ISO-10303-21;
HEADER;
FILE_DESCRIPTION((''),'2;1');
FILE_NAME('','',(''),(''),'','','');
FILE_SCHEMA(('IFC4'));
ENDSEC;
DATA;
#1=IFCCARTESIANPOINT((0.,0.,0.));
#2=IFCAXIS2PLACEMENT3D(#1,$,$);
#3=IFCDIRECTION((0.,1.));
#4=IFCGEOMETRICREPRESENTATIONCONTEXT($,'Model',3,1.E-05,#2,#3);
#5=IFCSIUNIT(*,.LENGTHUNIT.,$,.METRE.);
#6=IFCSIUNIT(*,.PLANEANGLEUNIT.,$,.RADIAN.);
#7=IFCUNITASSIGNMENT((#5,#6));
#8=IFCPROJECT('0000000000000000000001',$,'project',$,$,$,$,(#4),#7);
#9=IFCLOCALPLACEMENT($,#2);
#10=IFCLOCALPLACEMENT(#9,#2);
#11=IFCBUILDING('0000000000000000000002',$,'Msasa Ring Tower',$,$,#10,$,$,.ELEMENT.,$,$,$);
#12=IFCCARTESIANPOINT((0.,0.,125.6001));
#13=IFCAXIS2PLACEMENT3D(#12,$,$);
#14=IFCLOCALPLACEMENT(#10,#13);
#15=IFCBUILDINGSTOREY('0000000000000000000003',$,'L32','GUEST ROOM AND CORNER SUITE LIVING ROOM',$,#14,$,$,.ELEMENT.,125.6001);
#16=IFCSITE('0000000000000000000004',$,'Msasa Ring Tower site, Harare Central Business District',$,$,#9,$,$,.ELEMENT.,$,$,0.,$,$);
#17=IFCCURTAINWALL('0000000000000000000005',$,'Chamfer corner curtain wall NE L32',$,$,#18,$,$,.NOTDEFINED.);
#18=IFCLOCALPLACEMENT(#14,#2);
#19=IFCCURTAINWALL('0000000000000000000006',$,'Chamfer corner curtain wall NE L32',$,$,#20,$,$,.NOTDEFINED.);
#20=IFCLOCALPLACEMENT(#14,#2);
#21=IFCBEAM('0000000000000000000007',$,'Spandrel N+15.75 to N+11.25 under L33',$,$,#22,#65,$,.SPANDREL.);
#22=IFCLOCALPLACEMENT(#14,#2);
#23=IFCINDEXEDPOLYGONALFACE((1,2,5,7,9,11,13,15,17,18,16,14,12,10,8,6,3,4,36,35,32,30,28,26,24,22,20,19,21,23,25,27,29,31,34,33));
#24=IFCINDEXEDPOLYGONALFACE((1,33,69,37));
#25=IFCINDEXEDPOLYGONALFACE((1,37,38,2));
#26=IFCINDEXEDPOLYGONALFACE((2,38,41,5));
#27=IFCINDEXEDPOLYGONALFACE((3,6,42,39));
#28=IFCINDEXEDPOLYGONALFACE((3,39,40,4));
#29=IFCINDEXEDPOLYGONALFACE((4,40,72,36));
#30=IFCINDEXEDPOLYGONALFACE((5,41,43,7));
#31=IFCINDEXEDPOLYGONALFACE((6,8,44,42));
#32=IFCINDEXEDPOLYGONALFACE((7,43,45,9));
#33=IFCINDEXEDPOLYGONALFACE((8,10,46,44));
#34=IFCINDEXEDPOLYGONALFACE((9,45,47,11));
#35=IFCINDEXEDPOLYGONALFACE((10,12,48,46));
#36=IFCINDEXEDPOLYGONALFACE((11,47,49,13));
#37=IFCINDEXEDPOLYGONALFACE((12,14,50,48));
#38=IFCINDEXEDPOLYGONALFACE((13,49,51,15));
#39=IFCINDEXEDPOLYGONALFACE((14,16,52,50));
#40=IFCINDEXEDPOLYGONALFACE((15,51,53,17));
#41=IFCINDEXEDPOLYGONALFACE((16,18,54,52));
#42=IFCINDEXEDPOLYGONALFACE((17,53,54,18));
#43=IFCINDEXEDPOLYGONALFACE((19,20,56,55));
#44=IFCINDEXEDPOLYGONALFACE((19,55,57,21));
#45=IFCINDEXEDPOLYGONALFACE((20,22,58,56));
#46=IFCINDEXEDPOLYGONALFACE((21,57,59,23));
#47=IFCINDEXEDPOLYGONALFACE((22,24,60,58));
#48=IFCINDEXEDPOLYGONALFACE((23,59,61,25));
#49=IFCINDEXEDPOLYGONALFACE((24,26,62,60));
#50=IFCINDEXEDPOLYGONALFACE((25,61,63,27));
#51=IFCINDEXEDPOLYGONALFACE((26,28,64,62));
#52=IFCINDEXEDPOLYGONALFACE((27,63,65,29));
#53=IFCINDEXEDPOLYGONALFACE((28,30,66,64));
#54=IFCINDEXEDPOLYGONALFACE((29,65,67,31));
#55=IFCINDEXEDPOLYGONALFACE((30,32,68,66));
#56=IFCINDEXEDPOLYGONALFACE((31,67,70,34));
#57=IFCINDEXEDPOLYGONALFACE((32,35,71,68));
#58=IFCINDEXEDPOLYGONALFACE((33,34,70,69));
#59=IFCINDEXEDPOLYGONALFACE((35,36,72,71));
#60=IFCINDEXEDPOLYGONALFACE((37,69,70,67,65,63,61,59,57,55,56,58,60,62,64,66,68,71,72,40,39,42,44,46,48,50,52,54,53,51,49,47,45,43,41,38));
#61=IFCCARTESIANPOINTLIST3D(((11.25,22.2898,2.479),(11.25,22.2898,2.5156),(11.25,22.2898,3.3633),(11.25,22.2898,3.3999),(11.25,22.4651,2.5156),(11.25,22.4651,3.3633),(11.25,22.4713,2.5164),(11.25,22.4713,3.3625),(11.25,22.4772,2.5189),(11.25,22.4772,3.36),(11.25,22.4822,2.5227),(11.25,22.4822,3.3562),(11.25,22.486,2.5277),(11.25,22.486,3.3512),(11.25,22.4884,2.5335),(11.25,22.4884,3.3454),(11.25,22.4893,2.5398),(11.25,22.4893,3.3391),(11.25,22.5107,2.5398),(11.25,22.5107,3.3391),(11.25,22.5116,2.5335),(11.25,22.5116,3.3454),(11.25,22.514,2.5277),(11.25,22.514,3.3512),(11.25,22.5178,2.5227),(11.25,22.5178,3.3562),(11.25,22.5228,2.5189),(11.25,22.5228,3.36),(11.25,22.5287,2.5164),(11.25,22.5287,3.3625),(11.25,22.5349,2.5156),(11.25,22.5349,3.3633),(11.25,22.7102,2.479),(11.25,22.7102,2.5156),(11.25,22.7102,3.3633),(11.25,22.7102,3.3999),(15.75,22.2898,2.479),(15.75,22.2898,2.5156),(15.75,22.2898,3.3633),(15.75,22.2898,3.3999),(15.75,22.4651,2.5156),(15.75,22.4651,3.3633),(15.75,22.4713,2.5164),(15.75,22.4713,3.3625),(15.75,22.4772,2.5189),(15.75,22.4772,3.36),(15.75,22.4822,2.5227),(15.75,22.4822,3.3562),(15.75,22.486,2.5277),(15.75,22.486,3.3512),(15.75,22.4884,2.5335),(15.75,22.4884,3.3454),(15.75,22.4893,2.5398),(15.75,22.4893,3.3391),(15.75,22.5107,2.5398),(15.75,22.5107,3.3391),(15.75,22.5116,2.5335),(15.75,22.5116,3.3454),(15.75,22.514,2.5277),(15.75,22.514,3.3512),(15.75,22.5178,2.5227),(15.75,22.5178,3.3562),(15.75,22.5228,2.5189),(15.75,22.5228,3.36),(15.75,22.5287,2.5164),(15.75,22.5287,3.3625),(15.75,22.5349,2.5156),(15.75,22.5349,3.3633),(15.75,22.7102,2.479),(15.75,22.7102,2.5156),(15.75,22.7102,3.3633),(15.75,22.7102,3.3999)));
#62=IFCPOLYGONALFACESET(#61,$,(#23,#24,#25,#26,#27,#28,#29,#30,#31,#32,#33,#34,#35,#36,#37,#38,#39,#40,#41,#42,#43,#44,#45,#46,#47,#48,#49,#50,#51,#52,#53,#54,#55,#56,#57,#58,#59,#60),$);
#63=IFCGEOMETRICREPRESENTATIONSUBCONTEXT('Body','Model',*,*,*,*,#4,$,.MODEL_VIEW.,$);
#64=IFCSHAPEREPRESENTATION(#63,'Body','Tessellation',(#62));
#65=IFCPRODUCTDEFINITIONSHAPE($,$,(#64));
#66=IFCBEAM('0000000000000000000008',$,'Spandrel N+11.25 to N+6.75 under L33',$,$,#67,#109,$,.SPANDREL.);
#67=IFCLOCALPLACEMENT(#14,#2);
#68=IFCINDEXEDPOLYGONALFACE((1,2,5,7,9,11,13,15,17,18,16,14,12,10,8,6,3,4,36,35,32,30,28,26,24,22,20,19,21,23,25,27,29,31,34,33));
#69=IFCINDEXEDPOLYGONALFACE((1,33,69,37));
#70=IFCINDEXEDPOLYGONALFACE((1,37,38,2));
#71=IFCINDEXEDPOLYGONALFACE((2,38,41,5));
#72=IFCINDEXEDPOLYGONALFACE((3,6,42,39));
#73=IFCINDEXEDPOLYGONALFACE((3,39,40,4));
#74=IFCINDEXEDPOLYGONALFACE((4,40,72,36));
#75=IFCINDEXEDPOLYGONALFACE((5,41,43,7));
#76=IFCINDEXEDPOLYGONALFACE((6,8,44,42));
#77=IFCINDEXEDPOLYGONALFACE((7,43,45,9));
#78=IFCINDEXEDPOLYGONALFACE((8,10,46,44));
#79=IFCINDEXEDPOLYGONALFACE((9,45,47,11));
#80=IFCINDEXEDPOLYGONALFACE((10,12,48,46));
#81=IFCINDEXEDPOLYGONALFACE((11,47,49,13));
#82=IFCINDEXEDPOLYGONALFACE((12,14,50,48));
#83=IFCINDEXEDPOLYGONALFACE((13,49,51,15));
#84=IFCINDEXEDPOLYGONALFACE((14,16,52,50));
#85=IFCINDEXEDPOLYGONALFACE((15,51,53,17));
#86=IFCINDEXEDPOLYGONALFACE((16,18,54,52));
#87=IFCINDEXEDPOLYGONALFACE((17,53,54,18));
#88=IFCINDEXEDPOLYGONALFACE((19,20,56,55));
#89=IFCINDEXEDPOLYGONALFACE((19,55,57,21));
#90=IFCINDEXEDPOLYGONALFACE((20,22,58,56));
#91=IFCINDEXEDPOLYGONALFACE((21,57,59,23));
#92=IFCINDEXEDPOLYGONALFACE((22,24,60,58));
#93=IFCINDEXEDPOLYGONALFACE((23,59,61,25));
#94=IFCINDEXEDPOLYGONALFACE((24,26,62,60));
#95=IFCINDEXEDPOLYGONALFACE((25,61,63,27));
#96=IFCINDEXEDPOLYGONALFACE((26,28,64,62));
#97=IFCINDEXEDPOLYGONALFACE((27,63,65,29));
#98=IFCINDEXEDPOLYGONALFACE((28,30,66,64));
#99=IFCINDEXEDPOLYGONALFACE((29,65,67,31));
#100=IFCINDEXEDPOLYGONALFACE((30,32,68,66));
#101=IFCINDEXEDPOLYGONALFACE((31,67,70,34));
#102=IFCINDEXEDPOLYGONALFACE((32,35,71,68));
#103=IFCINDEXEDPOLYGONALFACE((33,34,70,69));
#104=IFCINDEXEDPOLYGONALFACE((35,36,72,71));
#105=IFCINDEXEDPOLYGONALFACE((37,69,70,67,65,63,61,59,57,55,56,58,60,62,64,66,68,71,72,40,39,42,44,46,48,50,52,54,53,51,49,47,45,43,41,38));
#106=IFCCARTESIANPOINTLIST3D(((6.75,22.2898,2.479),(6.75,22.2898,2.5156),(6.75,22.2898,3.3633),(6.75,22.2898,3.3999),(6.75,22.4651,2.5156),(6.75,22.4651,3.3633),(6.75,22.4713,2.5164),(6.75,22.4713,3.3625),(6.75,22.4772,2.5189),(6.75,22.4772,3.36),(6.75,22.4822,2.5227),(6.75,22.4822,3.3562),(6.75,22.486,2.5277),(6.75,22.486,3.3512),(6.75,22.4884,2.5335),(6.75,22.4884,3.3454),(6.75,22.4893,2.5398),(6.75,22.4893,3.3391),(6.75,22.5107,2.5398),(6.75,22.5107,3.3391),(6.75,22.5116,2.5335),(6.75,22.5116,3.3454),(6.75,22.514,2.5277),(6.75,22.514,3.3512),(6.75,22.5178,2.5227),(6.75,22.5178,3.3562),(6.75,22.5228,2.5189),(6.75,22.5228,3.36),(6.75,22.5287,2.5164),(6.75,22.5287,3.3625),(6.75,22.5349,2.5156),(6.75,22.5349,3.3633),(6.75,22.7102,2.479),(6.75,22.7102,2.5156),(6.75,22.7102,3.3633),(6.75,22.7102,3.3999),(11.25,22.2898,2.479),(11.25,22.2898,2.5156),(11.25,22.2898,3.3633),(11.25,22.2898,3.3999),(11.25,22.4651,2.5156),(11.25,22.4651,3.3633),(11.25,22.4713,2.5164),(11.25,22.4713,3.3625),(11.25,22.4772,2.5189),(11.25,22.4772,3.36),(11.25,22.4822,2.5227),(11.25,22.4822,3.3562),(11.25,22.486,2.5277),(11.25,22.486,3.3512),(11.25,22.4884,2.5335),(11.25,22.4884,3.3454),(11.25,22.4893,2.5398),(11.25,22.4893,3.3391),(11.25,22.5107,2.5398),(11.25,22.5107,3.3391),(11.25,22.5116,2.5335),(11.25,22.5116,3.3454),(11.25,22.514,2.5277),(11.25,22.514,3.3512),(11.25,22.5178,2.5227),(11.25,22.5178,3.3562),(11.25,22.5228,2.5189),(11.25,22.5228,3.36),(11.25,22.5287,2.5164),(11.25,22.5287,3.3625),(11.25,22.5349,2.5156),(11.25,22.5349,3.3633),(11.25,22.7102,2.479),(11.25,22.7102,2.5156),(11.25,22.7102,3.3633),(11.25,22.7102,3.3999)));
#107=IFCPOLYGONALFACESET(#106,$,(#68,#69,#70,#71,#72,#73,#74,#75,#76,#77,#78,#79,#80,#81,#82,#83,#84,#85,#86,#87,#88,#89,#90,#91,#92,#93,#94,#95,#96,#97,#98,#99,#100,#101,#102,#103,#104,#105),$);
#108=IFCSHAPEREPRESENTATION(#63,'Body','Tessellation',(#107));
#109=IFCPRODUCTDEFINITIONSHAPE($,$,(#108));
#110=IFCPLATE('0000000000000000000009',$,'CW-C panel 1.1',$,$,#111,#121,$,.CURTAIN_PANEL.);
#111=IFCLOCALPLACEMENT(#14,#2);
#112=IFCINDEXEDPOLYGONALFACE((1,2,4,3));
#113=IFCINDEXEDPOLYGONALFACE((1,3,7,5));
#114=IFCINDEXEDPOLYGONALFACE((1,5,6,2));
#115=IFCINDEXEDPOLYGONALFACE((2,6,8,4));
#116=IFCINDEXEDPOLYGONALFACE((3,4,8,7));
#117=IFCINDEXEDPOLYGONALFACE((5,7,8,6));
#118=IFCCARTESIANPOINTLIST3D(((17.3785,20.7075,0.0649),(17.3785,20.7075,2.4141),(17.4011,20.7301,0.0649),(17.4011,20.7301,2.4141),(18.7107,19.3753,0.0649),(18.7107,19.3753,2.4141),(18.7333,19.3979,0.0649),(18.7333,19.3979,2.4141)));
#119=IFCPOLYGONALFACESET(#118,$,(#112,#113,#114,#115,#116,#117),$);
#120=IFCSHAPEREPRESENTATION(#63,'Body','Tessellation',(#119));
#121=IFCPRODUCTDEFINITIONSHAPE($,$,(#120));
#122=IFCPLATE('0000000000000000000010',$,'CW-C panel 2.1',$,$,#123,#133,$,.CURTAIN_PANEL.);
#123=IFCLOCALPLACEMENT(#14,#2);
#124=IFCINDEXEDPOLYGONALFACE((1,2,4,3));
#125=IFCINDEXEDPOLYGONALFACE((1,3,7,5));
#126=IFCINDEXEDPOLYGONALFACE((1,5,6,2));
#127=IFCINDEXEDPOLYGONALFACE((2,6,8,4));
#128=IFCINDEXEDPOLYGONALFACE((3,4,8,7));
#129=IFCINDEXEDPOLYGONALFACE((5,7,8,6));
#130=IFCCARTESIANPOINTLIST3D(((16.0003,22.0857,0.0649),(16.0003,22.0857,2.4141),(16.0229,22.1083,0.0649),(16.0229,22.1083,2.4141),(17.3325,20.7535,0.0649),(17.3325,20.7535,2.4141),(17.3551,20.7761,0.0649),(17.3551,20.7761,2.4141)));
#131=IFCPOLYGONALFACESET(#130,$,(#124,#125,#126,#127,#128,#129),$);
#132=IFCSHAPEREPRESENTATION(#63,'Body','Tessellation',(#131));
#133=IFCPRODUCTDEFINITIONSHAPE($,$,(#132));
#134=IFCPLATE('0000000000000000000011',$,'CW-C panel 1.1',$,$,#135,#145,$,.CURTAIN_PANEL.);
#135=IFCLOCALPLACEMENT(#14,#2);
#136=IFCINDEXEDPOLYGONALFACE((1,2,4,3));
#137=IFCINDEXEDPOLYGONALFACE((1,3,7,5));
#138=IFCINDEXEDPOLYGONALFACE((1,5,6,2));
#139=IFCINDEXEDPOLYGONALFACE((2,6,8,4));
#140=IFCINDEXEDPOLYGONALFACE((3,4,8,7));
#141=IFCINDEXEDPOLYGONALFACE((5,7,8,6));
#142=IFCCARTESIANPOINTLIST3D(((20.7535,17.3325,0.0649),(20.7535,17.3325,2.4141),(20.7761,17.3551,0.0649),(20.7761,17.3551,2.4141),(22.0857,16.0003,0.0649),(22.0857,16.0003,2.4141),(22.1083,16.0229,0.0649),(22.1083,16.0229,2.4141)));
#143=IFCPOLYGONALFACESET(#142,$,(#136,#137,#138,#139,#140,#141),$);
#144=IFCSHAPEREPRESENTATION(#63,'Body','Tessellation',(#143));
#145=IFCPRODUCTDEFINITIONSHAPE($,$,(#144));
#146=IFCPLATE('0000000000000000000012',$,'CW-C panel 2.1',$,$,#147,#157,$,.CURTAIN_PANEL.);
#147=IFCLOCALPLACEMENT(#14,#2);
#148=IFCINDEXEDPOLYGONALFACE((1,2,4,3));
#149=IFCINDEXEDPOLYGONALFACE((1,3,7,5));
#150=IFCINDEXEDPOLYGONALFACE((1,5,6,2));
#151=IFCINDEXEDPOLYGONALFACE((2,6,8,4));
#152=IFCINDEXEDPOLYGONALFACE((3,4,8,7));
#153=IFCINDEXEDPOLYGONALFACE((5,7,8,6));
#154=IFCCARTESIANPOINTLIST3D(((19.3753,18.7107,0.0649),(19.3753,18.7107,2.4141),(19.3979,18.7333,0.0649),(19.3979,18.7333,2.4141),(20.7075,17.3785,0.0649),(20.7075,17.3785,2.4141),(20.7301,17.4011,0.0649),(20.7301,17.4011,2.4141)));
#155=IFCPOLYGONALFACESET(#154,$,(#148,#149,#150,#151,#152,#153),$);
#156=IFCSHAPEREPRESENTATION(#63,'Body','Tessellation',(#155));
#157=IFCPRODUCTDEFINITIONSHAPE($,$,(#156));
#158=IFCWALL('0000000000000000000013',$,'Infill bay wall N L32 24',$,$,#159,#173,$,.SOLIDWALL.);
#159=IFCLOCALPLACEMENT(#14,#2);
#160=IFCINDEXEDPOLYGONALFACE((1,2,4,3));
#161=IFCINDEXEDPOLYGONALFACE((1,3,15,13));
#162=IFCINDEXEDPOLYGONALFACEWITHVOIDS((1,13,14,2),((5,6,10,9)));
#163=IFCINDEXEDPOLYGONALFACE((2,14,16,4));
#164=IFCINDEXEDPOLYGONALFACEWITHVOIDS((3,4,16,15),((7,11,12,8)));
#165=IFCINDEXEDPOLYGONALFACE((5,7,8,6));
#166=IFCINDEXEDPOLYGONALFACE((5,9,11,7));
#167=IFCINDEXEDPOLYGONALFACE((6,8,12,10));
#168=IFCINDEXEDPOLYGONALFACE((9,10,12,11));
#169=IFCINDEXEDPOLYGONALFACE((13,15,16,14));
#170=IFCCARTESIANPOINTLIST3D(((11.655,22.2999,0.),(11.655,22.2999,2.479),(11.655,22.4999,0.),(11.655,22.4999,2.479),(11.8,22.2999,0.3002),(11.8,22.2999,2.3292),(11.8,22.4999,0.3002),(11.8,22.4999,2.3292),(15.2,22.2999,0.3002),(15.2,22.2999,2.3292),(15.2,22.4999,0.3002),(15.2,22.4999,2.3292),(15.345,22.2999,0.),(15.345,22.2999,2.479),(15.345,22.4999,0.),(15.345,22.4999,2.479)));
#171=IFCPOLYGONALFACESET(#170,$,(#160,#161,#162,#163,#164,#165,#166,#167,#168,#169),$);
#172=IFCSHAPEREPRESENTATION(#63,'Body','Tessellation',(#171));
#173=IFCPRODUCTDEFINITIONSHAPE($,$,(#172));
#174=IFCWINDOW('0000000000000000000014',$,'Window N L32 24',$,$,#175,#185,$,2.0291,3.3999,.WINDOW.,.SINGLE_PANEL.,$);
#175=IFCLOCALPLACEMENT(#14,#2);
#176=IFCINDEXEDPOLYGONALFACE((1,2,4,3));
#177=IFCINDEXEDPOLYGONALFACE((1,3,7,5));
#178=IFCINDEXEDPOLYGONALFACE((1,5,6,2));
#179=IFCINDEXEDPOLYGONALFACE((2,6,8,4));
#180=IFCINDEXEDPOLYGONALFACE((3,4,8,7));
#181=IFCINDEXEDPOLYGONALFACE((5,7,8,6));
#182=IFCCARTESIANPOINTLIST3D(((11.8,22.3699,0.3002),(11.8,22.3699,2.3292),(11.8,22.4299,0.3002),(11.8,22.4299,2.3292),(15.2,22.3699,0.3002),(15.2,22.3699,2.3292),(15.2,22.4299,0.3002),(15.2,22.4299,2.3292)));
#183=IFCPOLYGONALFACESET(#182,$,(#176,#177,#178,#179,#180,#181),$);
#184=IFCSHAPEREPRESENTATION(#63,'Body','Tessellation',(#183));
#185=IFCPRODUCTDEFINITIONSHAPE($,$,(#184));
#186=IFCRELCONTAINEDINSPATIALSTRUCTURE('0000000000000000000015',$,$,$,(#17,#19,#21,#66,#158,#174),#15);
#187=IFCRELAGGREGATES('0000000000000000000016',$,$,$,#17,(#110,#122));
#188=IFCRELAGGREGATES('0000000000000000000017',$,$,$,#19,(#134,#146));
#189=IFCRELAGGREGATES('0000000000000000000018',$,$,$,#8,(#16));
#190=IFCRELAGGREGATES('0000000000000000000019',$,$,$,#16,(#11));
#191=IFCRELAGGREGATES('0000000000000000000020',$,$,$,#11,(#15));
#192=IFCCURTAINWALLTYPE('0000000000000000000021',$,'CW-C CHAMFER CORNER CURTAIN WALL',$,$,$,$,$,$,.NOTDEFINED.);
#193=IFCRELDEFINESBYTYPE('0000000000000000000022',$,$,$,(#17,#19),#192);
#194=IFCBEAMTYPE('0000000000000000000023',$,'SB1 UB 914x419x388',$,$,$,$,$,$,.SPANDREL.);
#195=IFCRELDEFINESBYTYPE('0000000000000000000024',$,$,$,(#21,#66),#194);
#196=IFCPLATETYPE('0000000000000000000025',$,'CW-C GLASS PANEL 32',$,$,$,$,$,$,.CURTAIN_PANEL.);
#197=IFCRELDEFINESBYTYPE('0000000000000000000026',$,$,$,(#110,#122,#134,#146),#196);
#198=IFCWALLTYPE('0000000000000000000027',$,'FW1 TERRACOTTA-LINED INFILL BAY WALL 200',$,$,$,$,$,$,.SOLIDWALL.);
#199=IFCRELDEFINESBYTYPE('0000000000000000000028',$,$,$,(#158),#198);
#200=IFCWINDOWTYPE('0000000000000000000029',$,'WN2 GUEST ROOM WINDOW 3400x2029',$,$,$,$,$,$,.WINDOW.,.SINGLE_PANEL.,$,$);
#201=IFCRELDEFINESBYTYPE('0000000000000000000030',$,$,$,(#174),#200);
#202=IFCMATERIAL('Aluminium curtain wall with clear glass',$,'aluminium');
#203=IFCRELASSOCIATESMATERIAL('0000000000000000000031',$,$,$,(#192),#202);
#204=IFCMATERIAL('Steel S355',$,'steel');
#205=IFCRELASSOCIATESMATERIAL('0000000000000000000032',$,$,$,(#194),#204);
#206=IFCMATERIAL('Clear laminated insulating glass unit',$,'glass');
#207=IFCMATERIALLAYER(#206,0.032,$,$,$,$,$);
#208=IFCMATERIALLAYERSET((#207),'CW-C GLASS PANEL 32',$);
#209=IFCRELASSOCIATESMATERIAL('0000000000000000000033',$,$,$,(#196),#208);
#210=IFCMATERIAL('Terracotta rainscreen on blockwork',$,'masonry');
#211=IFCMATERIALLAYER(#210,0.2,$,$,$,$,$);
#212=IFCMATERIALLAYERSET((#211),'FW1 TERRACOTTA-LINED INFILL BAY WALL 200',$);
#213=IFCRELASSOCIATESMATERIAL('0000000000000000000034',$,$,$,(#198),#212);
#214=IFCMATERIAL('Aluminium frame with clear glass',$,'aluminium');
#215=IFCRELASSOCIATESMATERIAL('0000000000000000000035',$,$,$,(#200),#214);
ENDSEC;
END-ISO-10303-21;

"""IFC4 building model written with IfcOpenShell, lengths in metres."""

from ifc_helpers import new_model, si_unit, direction, frame, frame_2d, origin, origin_2d, place, context, subcontext, project, spatial, rectangle, i_section, extrude, material, layer, layer_set, material_profile, profile_set, type_object, element, fill, aggregate, save


model = new_model("IFC4")

# Units and contexts
model_context = context("Model", 3, precision=1e-05, world=origin(), true_north=direction((0.0, 1.0)))
body_context = subcontext(model_context, "Body", "Model", "MODEL_VIEW")
ifc_project = project(units=[si_unit("LENGTHUNIT", "METRE"), si_unit("PLANEANGLEUNIT", "RADIAN")], contexts=[model_context])

# Site, building, storey
site_placement = place(None, origin())
site = spatial("IfcSite", under=ifc_project, at=site_placement, Name="Msasa Ring Tower site, Harare Central Business District", CompositionType="ELEMENT", RefElevation=0.0)
building_placement = place(site_placement, origin())
building = spatial("IfcBuilding", under=site, at=building_placement, Name="Msasa Ring Tower", CompositionType="ELEMENT")
storey_placement = place(building_placement, frame((0.0, 0.0, 125.6001)))
storey = spatial("IfcBuildingStorey", under=building, at=storey_placement, Name="L32", Description="GUEST ROOM AND CORNER SUITE LIVING ROOM", CompositionType="ELEMENT", Elevation=125.6001)

# Curtain walls
ifc_material_1 = material(Name="Aluminium curtain wall with clear glass", Category="aluminium")
curtain_wall_type = type_object("IfcCurtainWallType", Name="CW-C CHAMFER CORNER CURTAIN WALL", PredefinedType="NOTDEFINED", material=ifc_material_1)
curtain_wall_1_placement = place(storey_placement, origin())
curtain_wall_1 = element("IfcCurtainWall", 1, at=curtain_wall_1_placement, inside=storey, type_object=curtain_wall_type, Name="Chamfer corner curtain wall NE L32", PredefinedType="NOTDEFINED")
curtain_wall_2_placement = place(storey_placement, origin())
curtain_wall_2 = element("IfcCurtainWall", 2, at=curtain_wall_2_placement, inside=storey, type_object=curtain_wall_type, Name="Chamfer corner curtain wall NE L32", PredefinedType="NOTDEFINED")

# Beams
ifc_material_2 = material(Name="Steel S355", Category="steel")
ifc_material_profile_1 = material_profile(ifc_material_2, i_section(OverallWidth=0.4204, OverallDepth=0.9209, WebThickness=0.0215, FlangeThickness=0.0366, FilletRadius=0.0242, at=origin_2d()), Name="UB 914x419x388")
ifc_profile_set_1 = profile_set([ifc_material_profile_1], Name="Steel S355")
beam_type_1 = type_object("IfcBeamType", Name="SB1 UB 914x419x388", PredefinedType="SPANDREL", material=ifc_profile_set_1)
for number, where, z_axis, x_axis, name in (
    (3, (15.75, 22.5, 2.9395), (-1.0, 0.0, 0.0), (0.0, -1.0, 0.0), "Spandrel N+15.75 to N+11.25 under L33"),
    (4, (11.25, 22.5, 2.9395), (-1.0, 0.0, 0.0), (0.0, -1.0, 0.0), "Spandrel N+11.25 to N+6.75 under L33"),
):
    element("IfcBeam", number, at=place(storey_placement, frame(where, z_axis=z_axis, x_axis=x_axis)), inside=storey, type_object=beam_type_1, Name=name, PredefinedType="SPANDREL", context=body_context, shape_type="SweptSolid", body=[
        extrude(i_section(OverallWidth=0.4204, OverallDepth=0.9209, WebThickness=0.0215, FlangeThickness=0.0366, FilletRadius=0.0242, at=origin_2d()), origin(), (0.0, 0.0, 1.0), 4.5),
    ])

# Plates
ifc_material_3 = material(Name="Clear laminated insulating glass unit", Category="glass")
ifc_layer_1 = layer(ifc_material_3, 0.032)
ifc_layer_set_1 = layer_set([ifc_layer_1], Name="CW-C GLASS PANEL 32")
plate_type = type_object("IfcPlateType", Name="CW-C GLASS PANEL 32", PredefinedType="CURTAIN_PANEL", material=ifc_layer_set_1)
plate_1_placement = place(storey_placement, frame((18.0559, 20.0527, 0.0649), z_axis=(0.0, 0.0, 1.0), x_axis=(-0.707107, 0.707107, 0.0)))
plate_1 = element("IfcPlate", 5, at=plate_1_placement, type_object=plate_type, Name="CW-C panel 1.1", PredefinedType="CURTAIN_PANEL", context=body_context, shape_type="SweptSolid", body=[
    extrude(rectangle(XDim=1.884, YDim=0.032, at=origin_2d()), origin(), (0.0, 0.0, 1.0), 2.3491),
])
plate_2_placement = place(storey_placement, frame((16.6777, 21.4309, 0.0649), z_axis=(0.0, 0.0, 1.0), x_axis=(-0.707107, 0.707107, 0.0)))
plate_2 = element("IfcPlate", 6, at=plate_2_placement, type_object=plate_type, Name="CW-C panel 2.1", PredefinedType="CURTAIN_PANEL", context=body_context, shape_type="SweptSolid", body=[
    extrude(rectangle(XDim=1.884, YDim=0.032, at=origin_2d()), origin(), (0.0, 0.0, 1.0), 2.3491),
])
aggregate(curtain_wall_1, [plate_1, plate_2])
plate_3_placement = place(storey_placement, frame((21.4309, 16.6777, 0.0649), z_axis=(0.0, 0.0, 1.0), x_axis=(-0.707107, 0.707107, 0.0)))
plate_3 = element("IfcPlate", 7, at=plate_3_placement, type_object=plate_type, Name="CW-C panel 1.1", PredefinedType="CURTAIN_PANEL", context=body_context, shape_type="SweptSolid", body=[
    extrude(rectangle(XDim=1.884, YDim=0.032, at=origin_2d()), origin(), (0.0, 0.0, 1.0), 2.3491),
])
plate_4_placement = place(storey_placement, frame((20.0527, 18.0559, 0.0649), z_axis=(0.0, 0.0, 1.0), x_axis=(-0.707107, 0.707107, 0.0)))
plate_4 = element("IfcPlate", 8, at=plate_4_placement, type_object=plate_type, Name="CW-C panel 2.1", PredefinedType="CURTAIN_PANEL", context=body_context, shape_type="SweptSolid", body=[
    extrude(rectangle(XDim=1.884, YDim=0.032, at=origin_2d()), origin(), (0.0, 0.0, 1.0), 2.3491),
])
aggregate(curtain_wall_2, [plate_3, plate_4])

# Wall, opening, window
ifc_material_4 = material(Name="Terracotta rainscreen on blockwork", Category="masonry")
ifc_layer_2 = layer(ifc_material_4, 0.2)
ifc_layer_set_2 = layer_set([ifc_layer_2], Name="FW1 TERRACOTTA-LINED INFILL BAY WALL 200")
wall_type = type_object("IfcWallType", Name="FW1 TERRACOTTA-LINED INFILL BAY WALL 200", PredefinedType="SOLIDWALL", material=ifc_layer_set_2)
wall_placement = place(storey_placement, frame((11.655, 22.3999, 0.0), z_axis=(0.0, 0.0, 1.0), x_axis=(1.0, 0.0, 0.0)))
wall = element("IfcWall", 9, at=wall_placement, inside=storey, type_object=wall_type, Name="Infill bay wall N L32 24", PredefinedType="SOLIDWALL", context=body_context, shape_type="SweptSolid", body=[
    extrude(rectangle(XDim=3.6899, YDim=0.2, at=frame_2d((1.845, 0.0))), origin(), (0.0, 0.0, 1.0), 2.479),
])
opening_placement = place(wall_placement, frame((0.145, 0.0, 0.3)))
opening = element("IfcOpeningElement", 10, at=opening_placement, cuts=wall, PredefinedType="OPENING", context=body_context, shape_type="SweptSolid", body=[
    extrude(rectangle(XDim=3.3999, YDim=2.0291, at=frame_2d((1.7, 1.0146))), frame((0.0, 0.1099, 0.0), z_axis=(0.0, -1.0, 0.0), x_axis=(1.0, 0.0, 0.0)), (0.0, 0.0, 1.0), 0.22),
])
ifc_material_5 = material(Name="Aluminium frame with clear glass", Category="aluminium")
window_type = type_object("IfcWindowType", Name="WN2 GUEST ROOM WINDOW 3400x2029", PartitioningType="SINGLE_PANEL", PredefinedType="WINDOW", material=ifc_material_5)
window_placement = place(opening_placement, origin())
window = element("IfcWindow", 11, at=window_placement, inside=storey, type_object=window_type, Name="Window N L32 24", OverallHeight=2.0291, OverallWidth=3.3999, PartitioningType="SINGLE_PANEL", PredefinedType="WINDOW", context=body_context, shape_type="SweptSolid", body=[
    extrude(rectangle(XDim=3.3999, YDim=2.0291, at=frame_2d((1.7, 1.0146))), frame((0.0, 0.03, 0.0), z_axis=(0.0, -1.0, 0.0), x_axis=(1.0, 0.0, 0.0)), (0.0, 0.0, 1.0), 0.0601),
])
fill(opening, window)

save(model, "model.ifc")
